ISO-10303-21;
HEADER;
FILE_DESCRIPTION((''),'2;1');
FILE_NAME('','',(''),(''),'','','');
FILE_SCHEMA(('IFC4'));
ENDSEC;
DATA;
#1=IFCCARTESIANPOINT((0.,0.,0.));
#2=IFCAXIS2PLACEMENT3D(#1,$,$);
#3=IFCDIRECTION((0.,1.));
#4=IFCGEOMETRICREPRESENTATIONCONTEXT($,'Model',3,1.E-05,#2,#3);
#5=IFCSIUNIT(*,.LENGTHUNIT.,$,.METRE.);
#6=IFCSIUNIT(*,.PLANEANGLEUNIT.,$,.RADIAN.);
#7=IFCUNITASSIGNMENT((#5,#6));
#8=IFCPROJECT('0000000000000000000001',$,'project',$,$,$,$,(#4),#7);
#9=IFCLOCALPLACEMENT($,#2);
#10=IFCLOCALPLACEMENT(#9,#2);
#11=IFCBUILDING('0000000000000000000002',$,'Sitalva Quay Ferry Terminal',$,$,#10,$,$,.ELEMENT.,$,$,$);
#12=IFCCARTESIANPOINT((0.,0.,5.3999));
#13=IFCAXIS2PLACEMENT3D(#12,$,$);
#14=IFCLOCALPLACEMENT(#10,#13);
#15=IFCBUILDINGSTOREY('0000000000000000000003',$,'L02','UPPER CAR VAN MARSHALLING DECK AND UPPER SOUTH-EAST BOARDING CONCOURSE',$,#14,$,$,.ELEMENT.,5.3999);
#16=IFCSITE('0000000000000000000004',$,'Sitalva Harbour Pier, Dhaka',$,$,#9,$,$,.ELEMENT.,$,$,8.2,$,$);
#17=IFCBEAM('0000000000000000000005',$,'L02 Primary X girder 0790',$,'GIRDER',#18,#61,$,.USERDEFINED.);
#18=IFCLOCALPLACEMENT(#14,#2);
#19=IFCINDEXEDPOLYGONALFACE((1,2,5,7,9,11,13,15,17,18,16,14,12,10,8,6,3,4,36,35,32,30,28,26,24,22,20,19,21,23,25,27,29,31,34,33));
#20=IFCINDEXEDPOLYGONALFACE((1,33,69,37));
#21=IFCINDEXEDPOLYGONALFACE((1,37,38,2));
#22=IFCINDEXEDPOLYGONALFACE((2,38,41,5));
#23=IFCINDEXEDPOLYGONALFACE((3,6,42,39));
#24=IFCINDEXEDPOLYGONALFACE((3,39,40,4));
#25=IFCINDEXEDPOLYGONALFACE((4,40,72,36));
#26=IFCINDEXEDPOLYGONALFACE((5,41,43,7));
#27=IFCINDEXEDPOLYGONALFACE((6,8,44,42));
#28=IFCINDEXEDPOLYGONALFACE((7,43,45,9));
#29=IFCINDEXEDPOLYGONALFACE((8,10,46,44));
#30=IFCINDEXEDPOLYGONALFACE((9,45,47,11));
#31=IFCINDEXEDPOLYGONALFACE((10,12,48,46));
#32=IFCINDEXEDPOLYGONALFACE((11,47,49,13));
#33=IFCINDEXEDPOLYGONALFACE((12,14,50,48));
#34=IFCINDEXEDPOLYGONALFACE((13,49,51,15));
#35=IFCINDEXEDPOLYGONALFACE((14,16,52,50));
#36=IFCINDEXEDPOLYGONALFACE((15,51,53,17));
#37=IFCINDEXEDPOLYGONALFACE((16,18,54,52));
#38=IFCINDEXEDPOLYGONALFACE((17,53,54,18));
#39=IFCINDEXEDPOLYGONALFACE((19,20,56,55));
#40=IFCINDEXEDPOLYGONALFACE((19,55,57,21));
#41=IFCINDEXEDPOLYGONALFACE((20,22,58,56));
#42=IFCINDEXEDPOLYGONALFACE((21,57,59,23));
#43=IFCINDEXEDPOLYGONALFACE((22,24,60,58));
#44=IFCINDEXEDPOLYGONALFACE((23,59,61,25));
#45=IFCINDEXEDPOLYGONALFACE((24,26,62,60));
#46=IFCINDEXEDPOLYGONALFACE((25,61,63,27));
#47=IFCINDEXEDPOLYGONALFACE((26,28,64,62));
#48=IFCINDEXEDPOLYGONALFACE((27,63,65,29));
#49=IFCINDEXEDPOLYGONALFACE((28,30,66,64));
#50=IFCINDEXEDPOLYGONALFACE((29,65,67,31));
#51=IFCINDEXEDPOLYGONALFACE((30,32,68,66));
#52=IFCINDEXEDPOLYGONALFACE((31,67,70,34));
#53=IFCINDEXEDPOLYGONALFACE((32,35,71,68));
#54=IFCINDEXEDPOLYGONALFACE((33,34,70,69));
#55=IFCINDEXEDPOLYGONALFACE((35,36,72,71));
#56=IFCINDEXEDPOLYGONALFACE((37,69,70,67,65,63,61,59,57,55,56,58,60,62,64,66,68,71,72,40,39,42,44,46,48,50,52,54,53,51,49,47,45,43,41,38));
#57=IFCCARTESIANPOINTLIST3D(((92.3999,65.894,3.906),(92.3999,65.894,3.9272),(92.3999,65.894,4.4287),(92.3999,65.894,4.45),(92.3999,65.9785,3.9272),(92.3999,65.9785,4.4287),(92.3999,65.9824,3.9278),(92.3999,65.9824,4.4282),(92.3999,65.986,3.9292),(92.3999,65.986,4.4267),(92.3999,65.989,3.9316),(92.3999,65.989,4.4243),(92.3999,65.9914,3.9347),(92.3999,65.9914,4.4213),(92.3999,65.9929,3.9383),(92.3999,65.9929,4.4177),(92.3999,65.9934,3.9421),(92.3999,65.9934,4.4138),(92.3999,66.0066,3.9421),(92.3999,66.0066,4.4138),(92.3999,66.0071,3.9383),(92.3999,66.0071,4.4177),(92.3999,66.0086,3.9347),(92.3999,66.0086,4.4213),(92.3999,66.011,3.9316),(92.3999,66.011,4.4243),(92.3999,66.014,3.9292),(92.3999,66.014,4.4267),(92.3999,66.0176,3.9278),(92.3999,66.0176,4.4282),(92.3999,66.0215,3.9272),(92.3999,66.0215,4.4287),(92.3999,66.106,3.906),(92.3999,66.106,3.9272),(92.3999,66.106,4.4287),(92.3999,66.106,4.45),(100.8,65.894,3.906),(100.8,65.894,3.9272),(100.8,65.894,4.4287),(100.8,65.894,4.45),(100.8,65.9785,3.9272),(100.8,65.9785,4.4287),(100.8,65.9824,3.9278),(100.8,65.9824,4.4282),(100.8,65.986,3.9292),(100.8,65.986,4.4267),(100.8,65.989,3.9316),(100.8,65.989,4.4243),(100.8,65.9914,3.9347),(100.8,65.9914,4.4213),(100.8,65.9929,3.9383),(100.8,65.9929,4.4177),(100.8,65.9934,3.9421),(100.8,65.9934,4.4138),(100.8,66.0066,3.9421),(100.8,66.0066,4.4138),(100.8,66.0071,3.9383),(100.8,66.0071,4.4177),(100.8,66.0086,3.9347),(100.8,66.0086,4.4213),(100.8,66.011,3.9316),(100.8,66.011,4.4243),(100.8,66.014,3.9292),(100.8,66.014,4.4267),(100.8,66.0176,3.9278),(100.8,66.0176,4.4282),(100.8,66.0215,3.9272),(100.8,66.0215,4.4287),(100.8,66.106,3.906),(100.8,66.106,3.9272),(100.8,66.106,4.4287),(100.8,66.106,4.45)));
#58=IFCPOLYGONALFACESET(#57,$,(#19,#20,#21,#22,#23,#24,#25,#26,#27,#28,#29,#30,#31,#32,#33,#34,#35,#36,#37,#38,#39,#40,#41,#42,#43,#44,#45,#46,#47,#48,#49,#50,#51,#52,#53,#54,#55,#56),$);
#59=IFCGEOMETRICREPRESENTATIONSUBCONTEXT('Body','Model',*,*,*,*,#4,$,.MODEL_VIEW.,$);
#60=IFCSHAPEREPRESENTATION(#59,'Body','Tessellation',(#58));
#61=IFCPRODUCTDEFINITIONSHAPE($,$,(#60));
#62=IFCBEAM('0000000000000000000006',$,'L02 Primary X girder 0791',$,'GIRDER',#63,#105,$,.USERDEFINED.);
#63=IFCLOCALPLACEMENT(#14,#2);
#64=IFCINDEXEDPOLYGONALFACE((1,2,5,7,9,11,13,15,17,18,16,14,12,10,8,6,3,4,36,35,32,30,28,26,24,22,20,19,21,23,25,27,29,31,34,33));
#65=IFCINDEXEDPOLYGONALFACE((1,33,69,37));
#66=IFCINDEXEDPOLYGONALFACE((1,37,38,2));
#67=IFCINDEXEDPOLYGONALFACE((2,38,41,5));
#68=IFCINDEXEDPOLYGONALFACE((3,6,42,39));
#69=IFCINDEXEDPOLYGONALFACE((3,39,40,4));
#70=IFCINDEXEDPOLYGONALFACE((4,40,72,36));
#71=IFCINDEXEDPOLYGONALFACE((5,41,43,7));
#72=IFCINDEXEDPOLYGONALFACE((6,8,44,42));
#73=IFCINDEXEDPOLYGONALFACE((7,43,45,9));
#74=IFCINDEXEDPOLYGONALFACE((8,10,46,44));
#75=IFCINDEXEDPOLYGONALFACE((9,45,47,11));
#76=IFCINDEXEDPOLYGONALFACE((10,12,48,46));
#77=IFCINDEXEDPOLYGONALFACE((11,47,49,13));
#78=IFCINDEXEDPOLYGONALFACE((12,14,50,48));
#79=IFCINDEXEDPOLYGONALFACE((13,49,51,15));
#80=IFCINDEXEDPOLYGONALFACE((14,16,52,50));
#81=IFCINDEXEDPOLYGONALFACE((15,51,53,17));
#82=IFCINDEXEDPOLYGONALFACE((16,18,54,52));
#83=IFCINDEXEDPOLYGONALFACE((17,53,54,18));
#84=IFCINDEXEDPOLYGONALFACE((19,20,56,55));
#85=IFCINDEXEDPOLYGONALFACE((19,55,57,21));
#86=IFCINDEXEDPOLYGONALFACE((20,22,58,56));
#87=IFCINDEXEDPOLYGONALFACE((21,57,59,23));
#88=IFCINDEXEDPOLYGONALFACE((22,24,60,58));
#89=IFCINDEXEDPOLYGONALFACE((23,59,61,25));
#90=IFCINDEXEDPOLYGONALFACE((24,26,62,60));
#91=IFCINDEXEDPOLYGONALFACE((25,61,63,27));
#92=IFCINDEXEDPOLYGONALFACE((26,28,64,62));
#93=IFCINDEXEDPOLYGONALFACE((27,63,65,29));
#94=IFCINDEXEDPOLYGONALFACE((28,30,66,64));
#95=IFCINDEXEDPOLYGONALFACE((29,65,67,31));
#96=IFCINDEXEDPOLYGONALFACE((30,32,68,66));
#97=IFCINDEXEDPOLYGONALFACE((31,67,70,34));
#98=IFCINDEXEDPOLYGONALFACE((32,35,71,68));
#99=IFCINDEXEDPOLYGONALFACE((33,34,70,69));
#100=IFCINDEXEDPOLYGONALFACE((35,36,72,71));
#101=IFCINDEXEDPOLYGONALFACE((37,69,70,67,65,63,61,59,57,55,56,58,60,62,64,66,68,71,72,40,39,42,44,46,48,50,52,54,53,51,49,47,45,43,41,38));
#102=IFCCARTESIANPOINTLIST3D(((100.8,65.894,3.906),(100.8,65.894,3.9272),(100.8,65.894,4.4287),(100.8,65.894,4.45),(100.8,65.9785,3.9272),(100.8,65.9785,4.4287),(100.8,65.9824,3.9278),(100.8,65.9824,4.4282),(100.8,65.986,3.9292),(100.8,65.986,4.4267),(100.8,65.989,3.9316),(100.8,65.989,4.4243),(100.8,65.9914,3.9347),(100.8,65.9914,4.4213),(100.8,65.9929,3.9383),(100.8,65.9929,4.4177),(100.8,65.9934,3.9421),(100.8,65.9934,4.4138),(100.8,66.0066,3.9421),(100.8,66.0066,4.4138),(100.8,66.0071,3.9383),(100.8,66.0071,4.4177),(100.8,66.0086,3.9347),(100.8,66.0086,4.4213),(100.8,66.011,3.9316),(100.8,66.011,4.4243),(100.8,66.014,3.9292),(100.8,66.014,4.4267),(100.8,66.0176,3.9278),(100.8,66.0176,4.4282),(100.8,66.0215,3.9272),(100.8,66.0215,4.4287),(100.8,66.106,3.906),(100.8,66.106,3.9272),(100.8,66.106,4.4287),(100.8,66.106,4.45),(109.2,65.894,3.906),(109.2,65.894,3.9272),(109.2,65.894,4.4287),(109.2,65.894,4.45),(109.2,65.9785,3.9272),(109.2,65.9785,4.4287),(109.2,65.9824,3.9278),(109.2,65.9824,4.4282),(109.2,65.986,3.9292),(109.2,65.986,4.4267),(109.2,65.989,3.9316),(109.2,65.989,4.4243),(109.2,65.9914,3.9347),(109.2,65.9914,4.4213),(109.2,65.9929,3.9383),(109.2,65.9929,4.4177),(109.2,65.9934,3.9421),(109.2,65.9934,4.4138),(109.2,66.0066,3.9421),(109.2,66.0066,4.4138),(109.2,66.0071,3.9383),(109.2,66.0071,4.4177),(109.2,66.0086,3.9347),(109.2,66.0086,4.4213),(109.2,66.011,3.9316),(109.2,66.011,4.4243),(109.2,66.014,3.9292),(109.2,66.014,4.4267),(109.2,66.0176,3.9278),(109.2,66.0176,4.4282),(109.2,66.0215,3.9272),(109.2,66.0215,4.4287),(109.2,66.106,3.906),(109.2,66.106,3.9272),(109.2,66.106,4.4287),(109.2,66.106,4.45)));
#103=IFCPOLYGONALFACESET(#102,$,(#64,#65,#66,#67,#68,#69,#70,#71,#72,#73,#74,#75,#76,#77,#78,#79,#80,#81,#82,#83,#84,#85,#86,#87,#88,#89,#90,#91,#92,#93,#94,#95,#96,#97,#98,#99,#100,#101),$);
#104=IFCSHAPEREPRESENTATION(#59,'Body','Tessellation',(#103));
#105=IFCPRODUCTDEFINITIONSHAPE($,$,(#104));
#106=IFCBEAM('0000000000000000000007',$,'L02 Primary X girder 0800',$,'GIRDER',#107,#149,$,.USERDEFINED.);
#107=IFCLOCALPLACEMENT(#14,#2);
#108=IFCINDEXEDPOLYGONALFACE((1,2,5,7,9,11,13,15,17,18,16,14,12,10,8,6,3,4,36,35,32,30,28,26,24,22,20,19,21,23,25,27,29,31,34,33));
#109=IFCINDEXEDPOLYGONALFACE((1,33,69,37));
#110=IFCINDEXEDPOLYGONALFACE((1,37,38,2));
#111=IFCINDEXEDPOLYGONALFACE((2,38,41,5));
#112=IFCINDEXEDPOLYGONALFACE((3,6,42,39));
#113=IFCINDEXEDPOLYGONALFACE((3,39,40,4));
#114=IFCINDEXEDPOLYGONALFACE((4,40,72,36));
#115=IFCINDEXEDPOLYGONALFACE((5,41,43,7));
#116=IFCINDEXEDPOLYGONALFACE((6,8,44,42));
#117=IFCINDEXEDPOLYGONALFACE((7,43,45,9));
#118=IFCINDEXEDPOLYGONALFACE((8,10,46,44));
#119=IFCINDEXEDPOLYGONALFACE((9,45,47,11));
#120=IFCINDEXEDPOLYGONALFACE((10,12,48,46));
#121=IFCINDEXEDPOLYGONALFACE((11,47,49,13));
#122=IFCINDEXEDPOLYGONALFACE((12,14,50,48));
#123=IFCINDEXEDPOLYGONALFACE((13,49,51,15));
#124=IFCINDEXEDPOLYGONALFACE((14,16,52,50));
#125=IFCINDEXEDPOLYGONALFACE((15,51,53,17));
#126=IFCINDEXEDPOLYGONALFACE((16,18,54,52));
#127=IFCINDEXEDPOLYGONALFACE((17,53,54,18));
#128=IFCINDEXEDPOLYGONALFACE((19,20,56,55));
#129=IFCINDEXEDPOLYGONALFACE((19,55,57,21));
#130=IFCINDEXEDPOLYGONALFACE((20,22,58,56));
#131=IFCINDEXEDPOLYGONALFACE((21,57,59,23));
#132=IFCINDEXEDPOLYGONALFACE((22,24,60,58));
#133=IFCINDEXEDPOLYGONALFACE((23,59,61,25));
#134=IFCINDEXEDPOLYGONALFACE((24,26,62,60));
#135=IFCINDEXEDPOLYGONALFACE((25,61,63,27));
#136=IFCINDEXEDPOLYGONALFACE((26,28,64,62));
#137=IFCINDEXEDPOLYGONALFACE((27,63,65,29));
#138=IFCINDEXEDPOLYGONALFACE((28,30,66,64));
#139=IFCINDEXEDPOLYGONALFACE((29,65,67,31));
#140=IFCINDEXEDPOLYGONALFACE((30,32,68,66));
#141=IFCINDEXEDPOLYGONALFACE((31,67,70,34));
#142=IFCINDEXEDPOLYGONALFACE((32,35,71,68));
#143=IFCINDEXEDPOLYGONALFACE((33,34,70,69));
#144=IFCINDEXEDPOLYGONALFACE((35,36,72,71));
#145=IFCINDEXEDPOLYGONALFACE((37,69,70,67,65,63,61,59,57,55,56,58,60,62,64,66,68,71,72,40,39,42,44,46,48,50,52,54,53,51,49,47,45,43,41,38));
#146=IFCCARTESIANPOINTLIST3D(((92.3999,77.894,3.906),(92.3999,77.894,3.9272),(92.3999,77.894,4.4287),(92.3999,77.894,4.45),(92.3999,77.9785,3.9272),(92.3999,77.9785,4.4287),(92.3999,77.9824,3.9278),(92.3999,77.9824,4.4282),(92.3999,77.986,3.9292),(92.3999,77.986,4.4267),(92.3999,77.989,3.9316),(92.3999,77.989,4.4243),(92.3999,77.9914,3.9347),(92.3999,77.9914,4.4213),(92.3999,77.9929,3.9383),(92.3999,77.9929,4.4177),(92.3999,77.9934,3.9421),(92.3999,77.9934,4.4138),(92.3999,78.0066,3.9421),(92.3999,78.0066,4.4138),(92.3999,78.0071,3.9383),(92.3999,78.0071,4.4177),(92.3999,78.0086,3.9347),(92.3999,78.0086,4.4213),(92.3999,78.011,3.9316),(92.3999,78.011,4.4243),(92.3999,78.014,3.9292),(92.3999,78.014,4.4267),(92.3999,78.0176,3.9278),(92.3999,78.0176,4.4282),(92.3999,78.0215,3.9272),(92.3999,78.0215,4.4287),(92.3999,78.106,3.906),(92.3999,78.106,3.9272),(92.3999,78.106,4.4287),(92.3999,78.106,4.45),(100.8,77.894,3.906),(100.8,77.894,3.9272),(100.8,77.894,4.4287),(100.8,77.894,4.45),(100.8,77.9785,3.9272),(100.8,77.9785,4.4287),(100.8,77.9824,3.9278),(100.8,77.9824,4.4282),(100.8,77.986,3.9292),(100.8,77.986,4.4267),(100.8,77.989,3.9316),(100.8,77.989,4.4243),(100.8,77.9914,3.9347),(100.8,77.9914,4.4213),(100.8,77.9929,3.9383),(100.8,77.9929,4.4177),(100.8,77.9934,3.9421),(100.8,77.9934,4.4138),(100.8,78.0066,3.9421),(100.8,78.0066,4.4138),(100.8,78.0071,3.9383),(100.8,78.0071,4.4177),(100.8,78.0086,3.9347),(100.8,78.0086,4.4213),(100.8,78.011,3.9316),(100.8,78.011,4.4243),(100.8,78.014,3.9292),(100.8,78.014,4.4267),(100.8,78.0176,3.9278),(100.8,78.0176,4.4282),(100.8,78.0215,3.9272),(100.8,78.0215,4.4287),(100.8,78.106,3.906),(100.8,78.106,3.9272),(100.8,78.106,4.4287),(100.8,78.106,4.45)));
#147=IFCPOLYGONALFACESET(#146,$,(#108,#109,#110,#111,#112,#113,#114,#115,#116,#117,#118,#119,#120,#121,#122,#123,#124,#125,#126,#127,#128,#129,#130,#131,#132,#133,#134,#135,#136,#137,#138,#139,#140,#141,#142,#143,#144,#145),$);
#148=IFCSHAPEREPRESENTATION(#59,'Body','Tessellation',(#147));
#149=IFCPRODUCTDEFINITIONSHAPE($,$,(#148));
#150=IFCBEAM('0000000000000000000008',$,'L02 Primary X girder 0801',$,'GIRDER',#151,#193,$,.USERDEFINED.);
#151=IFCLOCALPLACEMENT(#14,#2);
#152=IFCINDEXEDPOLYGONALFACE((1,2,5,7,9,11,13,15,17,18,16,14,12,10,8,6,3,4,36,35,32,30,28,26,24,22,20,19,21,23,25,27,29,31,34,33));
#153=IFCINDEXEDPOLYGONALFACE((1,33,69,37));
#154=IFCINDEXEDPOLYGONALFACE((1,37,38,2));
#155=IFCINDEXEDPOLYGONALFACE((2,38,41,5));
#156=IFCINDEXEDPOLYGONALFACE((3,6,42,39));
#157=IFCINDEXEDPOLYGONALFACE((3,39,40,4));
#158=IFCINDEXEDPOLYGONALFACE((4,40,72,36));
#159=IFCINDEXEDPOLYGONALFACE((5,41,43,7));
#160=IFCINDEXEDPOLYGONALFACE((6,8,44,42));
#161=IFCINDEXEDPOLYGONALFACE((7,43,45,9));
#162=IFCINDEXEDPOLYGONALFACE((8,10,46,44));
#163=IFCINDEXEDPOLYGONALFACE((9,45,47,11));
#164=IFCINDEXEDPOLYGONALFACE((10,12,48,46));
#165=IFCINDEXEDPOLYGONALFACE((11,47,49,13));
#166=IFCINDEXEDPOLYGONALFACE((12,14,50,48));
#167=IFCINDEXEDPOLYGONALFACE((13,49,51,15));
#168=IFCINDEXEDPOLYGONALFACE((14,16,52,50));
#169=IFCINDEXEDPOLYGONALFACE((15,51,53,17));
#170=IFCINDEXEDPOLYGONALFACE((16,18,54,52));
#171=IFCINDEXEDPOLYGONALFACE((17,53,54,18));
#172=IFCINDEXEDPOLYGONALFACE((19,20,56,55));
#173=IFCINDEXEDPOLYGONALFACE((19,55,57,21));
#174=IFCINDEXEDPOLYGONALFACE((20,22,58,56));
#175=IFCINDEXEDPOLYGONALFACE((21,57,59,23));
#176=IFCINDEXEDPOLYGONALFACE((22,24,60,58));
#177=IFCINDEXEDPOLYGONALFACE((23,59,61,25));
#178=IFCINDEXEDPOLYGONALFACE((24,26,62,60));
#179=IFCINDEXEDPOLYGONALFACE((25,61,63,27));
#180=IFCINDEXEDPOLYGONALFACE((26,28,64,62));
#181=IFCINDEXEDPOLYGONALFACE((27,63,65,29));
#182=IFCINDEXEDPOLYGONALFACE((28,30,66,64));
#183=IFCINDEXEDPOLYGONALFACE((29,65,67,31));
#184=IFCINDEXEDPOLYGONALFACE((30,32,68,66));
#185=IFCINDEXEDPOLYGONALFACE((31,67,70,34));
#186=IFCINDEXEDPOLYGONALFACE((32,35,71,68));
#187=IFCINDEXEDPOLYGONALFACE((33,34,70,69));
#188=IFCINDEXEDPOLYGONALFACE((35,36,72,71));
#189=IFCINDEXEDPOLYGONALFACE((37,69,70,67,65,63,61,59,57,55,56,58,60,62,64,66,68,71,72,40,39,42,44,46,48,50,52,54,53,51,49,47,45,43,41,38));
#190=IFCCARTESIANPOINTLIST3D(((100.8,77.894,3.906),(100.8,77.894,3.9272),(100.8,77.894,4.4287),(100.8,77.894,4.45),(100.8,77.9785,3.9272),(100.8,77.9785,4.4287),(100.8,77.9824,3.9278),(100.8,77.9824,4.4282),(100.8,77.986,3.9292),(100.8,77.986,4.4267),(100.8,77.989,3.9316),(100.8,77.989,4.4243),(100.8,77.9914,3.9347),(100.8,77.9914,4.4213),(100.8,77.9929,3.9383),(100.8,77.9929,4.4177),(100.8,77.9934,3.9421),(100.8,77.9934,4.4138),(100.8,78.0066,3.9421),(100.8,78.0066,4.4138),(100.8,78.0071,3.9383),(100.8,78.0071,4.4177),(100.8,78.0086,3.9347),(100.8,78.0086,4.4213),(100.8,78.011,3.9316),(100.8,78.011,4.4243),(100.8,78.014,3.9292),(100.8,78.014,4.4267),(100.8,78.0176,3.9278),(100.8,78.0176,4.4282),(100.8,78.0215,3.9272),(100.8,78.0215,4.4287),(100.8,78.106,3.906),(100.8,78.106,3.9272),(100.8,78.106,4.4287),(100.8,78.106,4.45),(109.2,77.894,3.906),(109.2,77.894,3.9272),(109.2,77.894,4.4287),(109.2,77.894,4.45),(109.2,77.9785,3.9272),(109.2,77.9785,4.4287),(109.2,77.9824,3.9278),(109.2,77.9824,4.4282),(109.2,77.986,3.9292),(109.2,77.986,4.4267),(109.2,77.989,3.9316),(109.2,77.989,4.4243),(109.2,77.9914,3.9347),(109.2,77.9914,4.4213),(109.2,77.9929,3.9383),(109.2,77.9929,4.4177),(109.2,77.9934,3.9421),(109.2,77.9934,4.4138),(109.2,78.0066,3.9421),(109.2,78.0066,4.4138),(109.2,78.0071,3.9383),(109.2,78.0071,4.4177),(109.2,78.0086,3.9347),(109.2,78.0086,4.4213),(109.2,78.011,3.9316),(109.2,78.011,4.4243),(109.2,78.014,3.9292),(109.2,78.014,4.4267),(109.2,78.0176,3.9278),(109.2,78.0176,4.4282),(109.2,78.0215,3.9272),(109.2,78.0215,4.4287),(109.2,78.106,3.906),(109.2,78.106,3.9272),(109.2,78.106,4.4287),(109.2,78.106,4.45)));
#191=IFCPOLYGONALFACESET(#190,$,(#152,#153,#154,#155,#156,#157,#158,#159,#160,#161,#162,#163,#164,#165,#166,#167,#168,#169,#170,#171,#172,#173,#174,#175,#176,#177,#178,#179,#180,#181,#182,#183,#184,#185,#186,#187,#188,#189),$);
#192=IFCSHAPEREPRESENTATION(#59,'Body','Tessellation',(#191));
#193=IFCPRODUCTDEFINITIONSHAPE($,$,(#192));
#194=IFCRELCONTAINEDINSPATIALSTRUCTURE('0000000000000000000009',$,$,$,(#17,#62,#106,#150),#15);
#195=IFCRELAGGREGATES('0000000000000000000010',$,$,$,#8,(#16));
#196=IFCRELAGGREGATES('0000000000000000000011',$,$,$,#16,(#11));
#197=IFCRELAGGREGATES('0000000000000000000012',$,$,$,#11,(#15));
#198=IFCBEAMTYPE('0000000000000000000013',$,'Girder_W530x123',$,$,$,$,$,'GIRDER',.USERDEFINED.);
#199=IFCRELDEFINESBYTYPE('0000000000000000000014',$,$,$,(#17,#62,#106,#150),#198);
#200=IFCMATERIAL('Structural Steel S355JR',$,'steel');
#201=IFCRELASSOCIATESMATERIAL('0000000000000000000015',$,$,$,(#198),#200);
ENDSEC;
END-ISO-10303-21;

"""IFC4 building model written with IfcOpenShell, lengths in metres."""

from ifc_helpers import new_model, si_unit, direction, frame, origin, origin_2d, place, context, subcontext, project, spatial, i_section, extrude, material, material_profile, profile_set, type_object, element, save


model = new_model("IFC4")

# Units and contexts
model_context = context("Model", 3, precision=1e-05, world=origin(), true_north=direction((0.0, 1.0)))
body_context = subcontext(model_context, "Body", "Model", "MODEL_VIEW")
ifc_project = project(units=[si_unit("LENGTHUNIT", "METRE"), si_unit("PLANEANGLEUNIT", "RADIAN")], contexts=[model_context])

# Site, building, storey
site_placement = place(None, origin())
site = spatial("IfcSite", under=ifc_project, at=site_placement, Name="Sitalva Harbour Pier, Dhaka", CompositionType="ELEMENT", RefElevation=8.2)
building_placement = place(site_placement, origin())
building = spatial("IfcBuilding", under=site, at=building_placement, Name="Sitalva Quay Ferry Terminal", CompositionType="ELEMENT")
storey_placement = place(building_placement, frame((0.0, 0.0, 5.3999)))
storey = spatial("IfcBuildingStorey", under=building, at=storey_placement, Name="L02", Description="UPPER CAR VAN MARSHALLING DECK AND UPPER SOUTH-EAST BOARDING CONCOURSE", CompositionType="ELEMENT", Elevation=5.3999)

# Beams
ifc_material_1 = material(Name="Structural Steel S355JR", Category="steel")
ifc_material_profile_1 = material_profile(ifc_material_1, i_section(OverallWidth=0.2119, OverallDepth=0.5439, WebThickness=0.0132, FlangeThickness=0.0212, FilletRadius=0.0149, at=origin_2d()), Name="W530x123")
ifc_profile_set_1 = profile_set([ifc_material_profile_1], Name="Structural Steel S355JR")
beam_type_1 = type_object("IfcBeamType", Name="Girder_W530x123", ElementType="GIRDER", PredefinedType="USERDEFINED", material=ifc_profile_set_1)
beam_1_placement = place(storey_placement, frame((92.3999, 66.0, 4.178), z_axis=(1.0, 0.0, 0.0), x_axis=(0.0, 1.0, 0.0)))
element("IfcBeam", 1, at=beam_1_placement, inside=storey, type_object=beam_type_1, Name="L02 Primary X girder 0790", ObjectType="GIRDER", PredefinedType="USERDEFINED", context=body_context, shape_type="SweptSolid", body=[
    extrude(i_section(OverallWidth=0.2119, OverallDepth=0.5439, WebThickness=0.0132, FlangeThickness=0.0212, FilletRadius=0.0149, at=origin_2d()), origin(), (0.0, 0.0, 1.0), 8.4001),
])
beam_2_placement = place(storey_placement, frame((100.8, 66.0, 4.178), z_axis=(1.0, 0.0, 0.0), x_axis=(0.0, 1.0, 0.0)))
element("IfcBeam", 2, at=beam_2_placement, inside=storey, type_object=beam_type_1, Name="L02 Primary X girder 0791", ObjectType="GIRDER", PredefinedType="USERDEFINED", context=body_context, shape_type="SweptSolid", body=[
    extrude(i_section(OverallWidth=0.2119, OverallDepth=0.5439, WebThickness=0.0132, FlangeThickness=0.0212, FilletRadius=0.0149, at=origin_2d()), origin(), (0.0, 0.0, 1.0), 8.3999),
])
beam_3_placement = place(storey_placement, frame((92.3999, 78.0, 4.178), z_axis=(1.0, 0.0, 0.0), x_axis=(0.0, 1.0, 0.0)))
element("IfcBeam", 3, at=beam_3_placement, inside=storey, type_object=beam_type_1, Name="L02 Primary X girder 0800", ObjectType="GIRDER", PredefinedType="USERDEFINED", context=body_context, shape_type="SweptSolid", body=[
    extrude(i_section(OverallWidth=0.2119, OverallDepth=0.5439, WebThickness=0.0132, FlangeThickness=0.0212, FilletRadius=0.0149, at=origin_2d()), origin(), (0.0, 0.0, 1.0), 8.4001),
])
beam_4_placement = place(storey_placement, frame((100.8, 78.0, 4.178), z_axis=(1.0, 0.0, 0.0), x_axis=(0.0, 1.0, 0.0)))
element("IfcBeam", 4, at=beam_4_placement, inside=storey, type_object=beam_type_1, Name="L02 Primary X girder 0801", ObjectType="GIRDER", PredefinedType="USERDEFINED", context=body_context, shape_type="SweptSolid", body=[
    extrude(i_section(OverallWidth=0.2119, OverallDepth=0.5439, WebThickness=0.0132, FlangeThickness=0.0212, FilletRadius=0.0149, at=origin_2d()), origin(), (0.0, 0.0, 1.0), 8.3999),
])

save(model, "model.ifc")
